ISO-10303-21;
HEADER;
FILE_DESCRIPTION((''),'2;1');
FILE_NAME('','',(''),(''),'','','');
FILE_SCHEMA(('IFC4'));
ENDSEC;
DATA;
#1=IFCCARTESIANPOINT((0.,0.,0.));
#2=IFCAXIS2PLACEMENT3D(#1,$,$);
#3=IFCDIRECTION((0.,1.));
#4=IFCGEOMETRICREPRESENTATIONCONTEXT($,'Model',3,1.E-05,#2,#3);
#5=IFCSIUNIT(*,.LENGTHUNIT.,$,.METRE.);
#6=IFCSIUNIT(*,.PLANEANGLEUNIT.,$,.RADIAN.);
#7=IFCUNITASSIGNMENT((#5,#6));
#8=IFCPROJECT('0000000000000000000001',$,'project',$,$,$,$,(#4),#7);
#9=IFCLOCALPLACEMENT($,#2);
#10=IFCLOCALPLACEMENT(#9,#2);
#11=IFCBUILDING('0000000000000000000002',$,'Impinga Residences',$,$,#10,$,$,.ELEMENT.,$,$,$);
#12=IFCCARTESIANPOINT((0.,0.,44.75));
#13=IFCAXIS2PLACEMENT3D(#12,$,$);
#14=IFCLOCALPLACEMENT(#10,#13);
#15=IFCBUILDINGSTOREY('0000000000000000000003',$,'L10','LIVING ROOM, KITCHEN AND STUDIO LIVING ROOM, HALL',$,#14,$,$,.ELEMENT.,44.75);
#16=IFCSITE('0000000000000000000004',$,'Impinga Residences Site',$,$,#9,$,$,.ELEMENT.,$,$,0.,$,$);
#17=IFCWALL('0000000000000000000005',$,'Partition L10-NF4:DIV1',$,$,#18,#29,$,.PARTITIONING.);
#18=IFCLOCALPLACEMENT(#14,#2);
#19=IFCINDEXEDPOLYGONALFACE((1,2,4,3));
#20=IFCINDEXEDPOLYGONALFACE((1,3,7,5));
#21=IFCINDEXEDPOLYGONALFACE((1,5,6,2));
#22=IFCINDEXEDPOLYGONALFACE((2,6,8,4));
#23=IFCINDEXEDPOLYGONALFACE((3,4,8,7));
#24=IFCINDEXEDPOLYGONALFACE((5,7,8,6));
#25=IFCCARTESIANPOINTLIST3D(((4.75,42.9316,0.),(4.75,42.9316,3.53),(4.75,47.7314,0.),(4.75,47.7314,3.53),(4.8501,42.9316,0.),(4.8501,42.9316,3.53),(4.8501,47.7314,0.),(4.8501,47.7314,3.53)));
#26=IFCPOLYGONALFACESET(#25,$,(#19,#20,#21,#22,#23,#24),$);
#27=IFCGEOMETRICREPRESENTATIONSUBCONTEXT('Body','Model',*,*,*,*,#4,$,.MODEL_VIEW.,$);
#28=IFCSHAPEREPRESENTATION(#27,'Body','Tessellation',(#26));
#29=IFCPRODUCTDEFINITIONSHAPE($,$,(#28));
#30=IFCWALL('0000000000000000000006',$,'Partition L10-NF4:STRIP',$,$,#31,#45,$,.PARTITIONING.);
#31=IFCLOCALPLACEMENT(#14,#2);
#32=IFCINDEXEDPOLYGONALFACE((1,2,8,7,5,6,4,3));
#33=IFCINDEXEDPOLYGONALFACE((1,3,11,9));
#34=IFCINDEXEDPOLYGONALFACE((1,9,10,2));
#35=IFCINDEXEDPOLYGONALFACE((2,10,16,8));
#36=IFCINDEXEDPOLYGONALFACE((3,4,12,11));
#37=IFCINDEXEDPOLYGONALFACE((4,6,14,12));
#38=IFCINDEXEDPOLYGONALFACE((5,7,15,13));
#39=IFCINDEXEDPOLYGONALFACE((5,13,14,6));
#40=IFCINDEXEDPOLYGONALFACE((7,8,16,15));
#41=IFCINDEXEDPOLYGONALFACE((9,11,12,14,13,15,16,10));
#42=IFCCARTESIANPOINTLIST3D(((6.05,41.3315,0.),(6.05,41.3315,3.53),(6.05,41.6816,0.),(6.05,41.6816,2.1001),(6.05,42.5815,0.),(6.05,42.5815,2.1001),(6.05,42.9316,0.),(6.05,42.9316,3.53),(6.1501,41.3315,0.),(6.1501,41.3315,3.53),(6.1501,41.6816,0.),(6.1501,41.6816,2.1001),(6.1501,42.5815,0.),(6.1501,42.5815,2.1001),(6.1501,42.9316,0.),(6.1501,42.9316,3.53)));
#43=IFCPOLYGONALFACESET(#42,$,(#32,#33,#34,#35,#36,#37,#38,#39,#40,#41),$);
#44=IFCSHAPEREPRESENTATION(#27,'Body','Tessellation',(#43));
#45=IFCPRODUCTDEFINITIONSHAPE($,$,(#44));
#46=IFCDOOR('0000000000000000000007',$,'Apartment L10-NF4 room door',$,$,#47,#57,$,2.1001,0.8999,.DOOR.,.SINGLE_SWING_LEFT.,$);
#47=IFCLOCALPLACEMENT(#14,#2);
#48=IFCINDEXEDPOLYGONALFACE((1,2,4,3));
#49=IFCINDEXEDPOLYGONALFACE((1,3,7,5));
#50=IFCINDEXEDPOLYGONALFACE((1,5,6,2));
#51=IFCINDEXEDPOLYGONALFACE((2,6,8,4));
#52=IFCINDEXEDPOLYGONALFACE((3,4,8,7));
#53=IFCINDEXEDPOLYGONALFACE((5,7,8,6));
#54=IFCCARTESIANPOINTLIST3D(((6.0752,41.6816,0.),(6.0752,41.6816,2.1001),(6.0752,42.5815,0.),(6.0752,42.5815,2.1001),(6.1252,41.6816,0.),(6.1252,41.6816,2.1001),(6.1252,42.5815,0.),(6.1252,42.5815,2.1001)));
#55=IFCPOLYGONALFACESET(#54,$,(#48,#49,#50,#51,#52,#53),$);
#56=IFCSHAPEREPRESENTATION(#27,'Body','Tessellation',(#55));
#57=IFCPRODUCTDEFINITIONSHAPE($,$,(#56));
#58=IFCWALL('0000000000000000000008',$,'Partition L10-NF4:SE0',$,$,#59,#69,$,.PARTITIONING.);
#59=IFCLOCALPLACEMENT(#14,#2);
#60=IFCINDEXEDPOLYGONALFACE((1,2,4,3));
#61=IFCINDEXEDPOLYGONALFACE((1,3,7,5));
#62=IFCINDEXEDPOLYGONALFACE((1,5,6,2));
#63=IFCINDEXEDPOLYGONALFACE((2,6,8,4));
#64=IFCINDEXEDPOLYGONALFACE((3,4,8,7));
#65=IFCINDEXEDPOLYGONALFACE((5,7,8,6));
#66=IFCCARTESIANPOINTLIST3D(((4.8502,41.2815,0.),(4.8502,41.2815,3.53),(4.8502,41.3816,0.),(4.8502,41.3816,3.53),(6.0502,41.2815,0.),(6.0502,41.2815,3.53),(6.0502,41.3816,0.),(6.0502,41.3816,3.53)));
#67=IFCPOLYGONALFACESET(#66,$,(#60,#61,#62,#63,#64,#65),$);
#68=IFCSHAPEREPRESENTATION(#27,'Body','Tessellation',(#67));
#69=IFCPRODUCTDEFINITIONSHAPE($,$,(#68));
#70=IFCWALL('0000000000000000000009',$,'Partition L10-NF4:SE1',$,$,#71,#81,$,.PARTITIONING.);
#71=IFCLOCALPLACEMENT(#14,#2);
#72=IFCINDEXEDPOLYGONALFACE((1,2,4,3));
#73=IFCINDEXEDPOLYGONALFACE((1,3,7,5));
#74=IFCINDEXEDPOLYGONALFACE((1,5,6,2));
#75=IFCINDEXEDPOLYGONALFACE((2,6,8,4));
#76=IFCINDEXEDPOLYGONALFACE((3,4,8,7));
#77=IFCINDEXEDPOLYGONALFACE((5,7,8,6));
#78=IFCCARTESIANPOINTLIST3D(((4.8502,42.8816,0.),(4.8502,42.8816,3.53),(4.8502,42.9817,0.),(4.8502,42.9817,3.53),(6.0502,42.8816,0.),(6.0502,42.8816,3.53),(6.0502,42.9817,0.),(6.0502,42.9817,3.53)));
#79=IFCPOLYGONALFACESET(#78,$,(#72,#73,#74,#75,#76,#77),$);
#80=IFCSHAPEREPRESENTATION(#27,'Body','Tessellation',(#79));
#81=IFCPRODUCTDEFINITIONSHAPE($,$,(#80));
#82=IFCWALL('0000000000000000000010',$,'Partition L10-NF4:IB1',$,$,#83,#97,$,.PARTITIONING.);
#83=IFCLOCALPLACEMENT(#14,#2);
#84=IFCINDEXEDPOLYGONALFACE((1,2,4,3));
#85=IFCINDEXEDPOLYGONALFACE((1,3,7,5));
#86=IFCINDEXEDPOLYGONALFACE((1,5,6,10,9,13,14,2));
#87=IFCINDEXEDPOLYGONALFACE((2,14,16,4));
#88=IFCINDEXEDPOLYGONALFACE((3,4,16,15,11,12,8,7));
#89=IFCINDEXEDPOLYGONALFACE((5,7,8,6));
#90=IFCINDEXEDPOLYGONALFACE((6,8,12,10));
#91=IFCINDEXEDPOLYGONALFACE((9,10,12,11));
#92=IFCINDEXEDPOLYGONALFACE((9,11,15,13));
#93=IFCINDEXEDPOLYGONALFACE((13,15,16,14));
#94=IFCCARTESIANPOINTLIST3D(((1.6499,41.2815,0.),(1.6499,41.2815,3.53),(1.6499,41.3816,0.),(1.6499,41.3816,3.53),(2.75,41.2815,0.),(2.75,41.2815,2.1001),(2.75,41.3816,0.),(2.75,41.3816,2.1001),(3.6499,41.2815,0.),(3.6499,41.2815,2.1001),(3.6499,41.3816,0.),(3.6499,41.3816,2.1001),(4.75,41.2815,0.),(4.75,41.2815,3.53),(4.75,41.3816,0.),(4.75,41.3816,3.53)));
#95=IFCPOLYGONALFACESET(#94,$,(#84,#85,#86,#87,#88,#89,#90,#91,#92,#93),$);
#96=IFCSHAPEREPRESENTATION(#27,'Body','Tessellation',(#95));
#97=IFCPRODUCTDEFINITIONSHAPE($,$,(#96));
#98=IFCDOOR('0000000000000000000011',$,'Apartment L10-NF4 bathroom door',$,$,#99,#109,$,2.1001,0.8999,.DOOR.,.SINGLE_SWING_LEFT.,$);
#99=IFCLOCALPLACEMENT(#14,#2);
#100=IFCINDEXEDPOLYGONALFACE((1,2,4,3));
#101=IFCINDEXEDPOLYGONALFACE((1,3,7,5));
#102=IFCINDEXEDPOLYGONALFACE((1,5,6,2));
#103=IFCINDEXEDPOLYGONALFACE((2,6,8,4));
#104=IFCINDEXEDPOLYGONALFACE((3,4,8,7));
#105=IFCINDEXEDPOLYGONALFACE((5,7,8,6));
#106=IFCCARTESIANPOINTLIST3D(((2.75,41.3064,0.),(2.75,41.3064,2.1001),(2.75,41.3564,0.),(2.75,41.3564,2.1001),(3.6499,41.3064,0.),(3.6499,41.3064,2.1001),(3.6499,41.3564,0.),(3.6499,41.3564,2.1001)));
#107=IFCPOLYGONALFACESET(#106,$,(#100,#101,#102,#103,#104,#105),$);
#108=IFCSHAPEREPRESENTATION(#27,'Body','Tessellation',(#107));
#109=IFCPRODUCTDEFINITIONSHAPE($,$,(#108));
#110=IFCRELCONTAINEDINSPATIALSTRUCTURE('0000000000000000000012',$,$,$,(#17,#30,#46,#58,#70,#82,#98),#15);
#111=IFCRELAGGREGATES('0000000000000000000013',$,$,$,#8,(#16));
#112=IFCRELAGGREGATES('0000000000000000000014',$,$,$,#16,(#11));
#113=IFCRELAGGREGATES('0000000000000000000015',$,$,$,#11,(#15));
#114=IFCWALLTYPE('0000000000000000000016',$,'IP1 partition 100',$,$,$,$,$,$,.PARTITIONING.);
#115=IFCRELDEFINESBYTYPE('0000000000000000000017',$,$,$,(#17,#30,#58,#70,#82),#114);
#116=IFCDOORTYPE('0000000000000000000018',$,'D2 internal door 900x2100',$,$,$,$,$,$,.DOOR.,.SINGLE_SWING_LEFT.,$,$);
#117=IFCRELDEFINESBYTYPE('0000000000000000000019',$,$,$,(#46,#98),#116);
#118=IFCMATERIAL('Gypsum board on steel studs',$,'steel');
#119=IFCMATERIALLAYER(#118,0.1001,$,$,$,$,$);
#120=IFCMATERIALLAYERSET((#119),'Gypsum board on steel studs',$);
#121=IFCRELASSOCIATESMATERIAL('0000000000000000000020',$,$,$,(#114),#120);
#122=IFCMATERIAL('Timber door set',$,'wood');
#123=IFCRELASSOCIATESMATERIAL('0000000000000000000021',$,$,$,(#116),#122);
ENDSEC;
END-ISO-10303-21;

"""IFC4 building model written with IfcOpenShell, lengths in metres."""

from ifc_helpers import new_model, si_unit, direction, frame, frame_2d, origin, place, context, subcontext, project, spatial, rectangle, extrude, material, layer, layer_set, type_object, element, fill, save


model = new_model("IFC4")

# Units and contexts
model_context = context("Model", 3, precision=1e-05, world=origin(), true_north=direction((0.0, 1.0)))
body_context = subcontext(model_context, "Body", "Model", "MODEL_VIEW")
ifc_project = project(units=[si_unit("LENGTHUNIT", "METRE"), si_unit("PLANEANGLEUNIT", "RADIAN")], contexts=[model_context])

# Site, building, storey
site_placement = place(None, origin())
site = spatial("IfcSite", under=ifc_project, at=site_placement, Name="Impinga Residences Site", CompositionType="ELEMENT", RefElevation=0.0)
building_placement = place(site_placement, origin())
building = spatial("IfcBuilding", under=site, at=building_placement, Name="Impinga Residences", CompositionType="ELEMENT")
storey_placement = place(building_placement, frame((0.0, 0.0, 44.75)))
storey = spatial("IfcBuildingStorey", under=building, at=storey_placement, Name="L10", Description="LIVING ROOM, KITCHEN AND STUDIO LIVING ROOM, HALL", CompositionType="ELEMENT", Elevation=44.75)

# Wall
ifc_material_1 = material(Name="Gypsum board on steel studs", Category="steel")
ifc_layer_1 = layer(ifc_material_1, 0.1001)
ifc_layer_set_1 = layer_set([ifc_layer_1], Name="Gypsum board on steel studs")
wall_type_1 = type_object("IfcWallType", Name="IP1 partition 100", PredefinedType="PARTITIONING", material=ifc_layer_set_1)
wall_1_placement = place(storey_placement, frame((4.8, 42.9316, 0.0), z_axis=(0.0, 0.0, 1.0), x_axis=(0.0, 1.0, 0.0)))
element("IfcWall", 1, at=wall_1_placement, inside=storey, type_object=wall_type_1, Name="Partition L10-NF4:DIV1", PredefinedType="PARTITIONING", context=body_context, shape_type="SweptSolid", body=[
    extrude(rectangle(XDim=4.7998, YDim=0.1001, at=frame_2d((2.3999, 0.0))), origin(), (0.0, 0.0, 1.0), 3.53),
])

# Wall, opening, door
wall_2_placement = place(storey_placement, frame((6.1001, 41.3315, 0.0), z_axis=(0.0, 0.0, 1.0), x_axis=(0.0, 1.0, 0.0)))
wall_2 = element("IfcWall", 2, at=wall_2_placement, inside=storey, type_object=wall_type_1, Name="Partition L10-NF4:STRIP", PredefinedType="PARTITIONING", context=body_context, shape_type="SweptSolid", body=[
    extrude(rectangle(XDim=1.6001, YDim=0.1001, at=frame_2d((0.8, 0.0))), origin(), (0.0, 0.0, 1.0), 3.53),
])
opening_1_placement = place(wall_2_placement, frame((0.3501, 0.0, 0.0)))
opening_1 = element("IfcOpeningElement", 3, at=opening_1_placement, cuts=wall_2, PredefinedType="OPENING", context=body_context, shape_type="SweptSolid", body=[
    extrude(rectangle(XDim=0.8999, YDim=2.1001, at=frame_2d((0.45, 1.05))), frame((0.0, 0.0601, 0.0), z_axis=(0.0, -1.0, 0.0), x_axis=(1.0, 0.0, 0.0)), (0.0, 0.0, 1.0), 0.1201),
])
ifc_material_2 = material(Name="Timber door set", Category="wood")
door_type = type_object("IfcDoorType", Name="D2 internal door 900x2100", OperationType="SINGLE_SWING_LEFT", PredefinedType="DOOR", material=ifc_material_2)
door_1_placement = place(opening_1_placement, origin())
door_1 = element("IfcDoor", 4, at=door_1_placement, inside=storey, type_object=door_type, Name="Apartment L10-NF4 room door", OperationType="SINGLE_SWING_LEFT", OverallHeight=2.1001, OverallWidth=0.8999, PredefinedType="DOOR", context=body_context, shape_type="SweptSolid", body=[
    extrude(rectangle(XDim=0.8999, YDim=2.1001, at=frame_2d((0.45, 1.05))), frame((0.0, 0.0249, 0.0), z_axis=(0.0, -1.0, 0.0), x_axis=(1.0, 0.0, 0.0)), (0.0, 0.0, 1.0), 0.05),
])
fill(opening_1, door_1)

# Walls
for number, where, z_axis, x_axis, name in (
    (5, (4.8501, 41.3315, 0.0), (0.0, 0.0, 1.0), (1.0, 0.0, 0.0), "Partition L10-NF4:SE0"),
    (6, (4.8501, 42.9316, 0.0), (0.0, 0.0, 1.0), (1.0, 0.0, 0.0), "Partition L10-NF4:SE1"),
):
    element("IfcWall", number, at=place(storey_placement, frame(where, z_axis=z_axis, x_axis=x_axis)), inside=storey, type_object=wall_type_1, Name=name, PredefinedType="PARTITIONING", context=body_context, shape_type="SweptSolid", body=[
        extrude(rectangle(XDim=1.2, YDim=0.1001, at=frame_2d((0.6001, 0.0))), origin(), (0.0, 0.0, 1.0), 3.53),
    ])

# Wall, opening, door
wall_3_placement = place(storey_placement, frame((1.6499, 41.3315, 0.0), z_axis=(0.0, 0.0, 1.0), x_axis=(1.0, 0.0, 0.0)))
wall_3 = element("IfcWall", 7, at=wall_3_placement, inside=storey, type_object=wall_type_1, Name="Partition L10-NF4:IB1", PredefinedType="PARTITIONING", context=body_context, shape_type="SweptSolid", body=[
    extrude(rectangle(XDim=3.1001, YDim=0.1001, at=frame_2d((1.55, 0.0))), origin(), (0.0, 0.0, 1.0), 3.53),
])
opening_2_placement = place(wall_3_placement, frame((1.1001, 0.0, 0.0)))
opening_2 = element("IfcOpeningElement", 8, at=opening_2_placement, cuts=wall_3, PredefinedType="OPENING", context=body_context, shape_type="SweptSolid", body=[
    extrude(rectangle(XDim=0.8999, YDim=2.1001, at=frame_2d((0.45, 1.05))), frame((0.0, 0.0601, 0.0), z_axis=(0.0, -1.0, 0.0), x_axis=(1.0, 0.0, 0.0)), (0.0, 0.0, 1.0), 0.1201),
])
door_2_placement = place(opening_2_placement, origin())
door_2 = element("IfcDoor", 9, at=door_2_placement, inside=storey, type_object=door_type, Name="Apartment L10-NF4 bathroom door", OperationType="SINGLE_SWING_LEFT", OverallHeight=2.1001, OverallWidth=0.8999, PredefinedType="DOOR", context=body_context, shape_type="SweptSolid", body=[
    extrude(rectangle(XDim=0.8999, YDim=2.1001, at=frame_2d((0.45, 1.05))), frame((0.0, 0.0249, 0.0), z_axis=(0.0, -1.0, 0.0), x_axis=(1.0, 0.0, 0.0)), (0.0, 0.0, 1.0), 0.05),
])
fill(opening_2, door_2)

save(model, "model.ifc")
